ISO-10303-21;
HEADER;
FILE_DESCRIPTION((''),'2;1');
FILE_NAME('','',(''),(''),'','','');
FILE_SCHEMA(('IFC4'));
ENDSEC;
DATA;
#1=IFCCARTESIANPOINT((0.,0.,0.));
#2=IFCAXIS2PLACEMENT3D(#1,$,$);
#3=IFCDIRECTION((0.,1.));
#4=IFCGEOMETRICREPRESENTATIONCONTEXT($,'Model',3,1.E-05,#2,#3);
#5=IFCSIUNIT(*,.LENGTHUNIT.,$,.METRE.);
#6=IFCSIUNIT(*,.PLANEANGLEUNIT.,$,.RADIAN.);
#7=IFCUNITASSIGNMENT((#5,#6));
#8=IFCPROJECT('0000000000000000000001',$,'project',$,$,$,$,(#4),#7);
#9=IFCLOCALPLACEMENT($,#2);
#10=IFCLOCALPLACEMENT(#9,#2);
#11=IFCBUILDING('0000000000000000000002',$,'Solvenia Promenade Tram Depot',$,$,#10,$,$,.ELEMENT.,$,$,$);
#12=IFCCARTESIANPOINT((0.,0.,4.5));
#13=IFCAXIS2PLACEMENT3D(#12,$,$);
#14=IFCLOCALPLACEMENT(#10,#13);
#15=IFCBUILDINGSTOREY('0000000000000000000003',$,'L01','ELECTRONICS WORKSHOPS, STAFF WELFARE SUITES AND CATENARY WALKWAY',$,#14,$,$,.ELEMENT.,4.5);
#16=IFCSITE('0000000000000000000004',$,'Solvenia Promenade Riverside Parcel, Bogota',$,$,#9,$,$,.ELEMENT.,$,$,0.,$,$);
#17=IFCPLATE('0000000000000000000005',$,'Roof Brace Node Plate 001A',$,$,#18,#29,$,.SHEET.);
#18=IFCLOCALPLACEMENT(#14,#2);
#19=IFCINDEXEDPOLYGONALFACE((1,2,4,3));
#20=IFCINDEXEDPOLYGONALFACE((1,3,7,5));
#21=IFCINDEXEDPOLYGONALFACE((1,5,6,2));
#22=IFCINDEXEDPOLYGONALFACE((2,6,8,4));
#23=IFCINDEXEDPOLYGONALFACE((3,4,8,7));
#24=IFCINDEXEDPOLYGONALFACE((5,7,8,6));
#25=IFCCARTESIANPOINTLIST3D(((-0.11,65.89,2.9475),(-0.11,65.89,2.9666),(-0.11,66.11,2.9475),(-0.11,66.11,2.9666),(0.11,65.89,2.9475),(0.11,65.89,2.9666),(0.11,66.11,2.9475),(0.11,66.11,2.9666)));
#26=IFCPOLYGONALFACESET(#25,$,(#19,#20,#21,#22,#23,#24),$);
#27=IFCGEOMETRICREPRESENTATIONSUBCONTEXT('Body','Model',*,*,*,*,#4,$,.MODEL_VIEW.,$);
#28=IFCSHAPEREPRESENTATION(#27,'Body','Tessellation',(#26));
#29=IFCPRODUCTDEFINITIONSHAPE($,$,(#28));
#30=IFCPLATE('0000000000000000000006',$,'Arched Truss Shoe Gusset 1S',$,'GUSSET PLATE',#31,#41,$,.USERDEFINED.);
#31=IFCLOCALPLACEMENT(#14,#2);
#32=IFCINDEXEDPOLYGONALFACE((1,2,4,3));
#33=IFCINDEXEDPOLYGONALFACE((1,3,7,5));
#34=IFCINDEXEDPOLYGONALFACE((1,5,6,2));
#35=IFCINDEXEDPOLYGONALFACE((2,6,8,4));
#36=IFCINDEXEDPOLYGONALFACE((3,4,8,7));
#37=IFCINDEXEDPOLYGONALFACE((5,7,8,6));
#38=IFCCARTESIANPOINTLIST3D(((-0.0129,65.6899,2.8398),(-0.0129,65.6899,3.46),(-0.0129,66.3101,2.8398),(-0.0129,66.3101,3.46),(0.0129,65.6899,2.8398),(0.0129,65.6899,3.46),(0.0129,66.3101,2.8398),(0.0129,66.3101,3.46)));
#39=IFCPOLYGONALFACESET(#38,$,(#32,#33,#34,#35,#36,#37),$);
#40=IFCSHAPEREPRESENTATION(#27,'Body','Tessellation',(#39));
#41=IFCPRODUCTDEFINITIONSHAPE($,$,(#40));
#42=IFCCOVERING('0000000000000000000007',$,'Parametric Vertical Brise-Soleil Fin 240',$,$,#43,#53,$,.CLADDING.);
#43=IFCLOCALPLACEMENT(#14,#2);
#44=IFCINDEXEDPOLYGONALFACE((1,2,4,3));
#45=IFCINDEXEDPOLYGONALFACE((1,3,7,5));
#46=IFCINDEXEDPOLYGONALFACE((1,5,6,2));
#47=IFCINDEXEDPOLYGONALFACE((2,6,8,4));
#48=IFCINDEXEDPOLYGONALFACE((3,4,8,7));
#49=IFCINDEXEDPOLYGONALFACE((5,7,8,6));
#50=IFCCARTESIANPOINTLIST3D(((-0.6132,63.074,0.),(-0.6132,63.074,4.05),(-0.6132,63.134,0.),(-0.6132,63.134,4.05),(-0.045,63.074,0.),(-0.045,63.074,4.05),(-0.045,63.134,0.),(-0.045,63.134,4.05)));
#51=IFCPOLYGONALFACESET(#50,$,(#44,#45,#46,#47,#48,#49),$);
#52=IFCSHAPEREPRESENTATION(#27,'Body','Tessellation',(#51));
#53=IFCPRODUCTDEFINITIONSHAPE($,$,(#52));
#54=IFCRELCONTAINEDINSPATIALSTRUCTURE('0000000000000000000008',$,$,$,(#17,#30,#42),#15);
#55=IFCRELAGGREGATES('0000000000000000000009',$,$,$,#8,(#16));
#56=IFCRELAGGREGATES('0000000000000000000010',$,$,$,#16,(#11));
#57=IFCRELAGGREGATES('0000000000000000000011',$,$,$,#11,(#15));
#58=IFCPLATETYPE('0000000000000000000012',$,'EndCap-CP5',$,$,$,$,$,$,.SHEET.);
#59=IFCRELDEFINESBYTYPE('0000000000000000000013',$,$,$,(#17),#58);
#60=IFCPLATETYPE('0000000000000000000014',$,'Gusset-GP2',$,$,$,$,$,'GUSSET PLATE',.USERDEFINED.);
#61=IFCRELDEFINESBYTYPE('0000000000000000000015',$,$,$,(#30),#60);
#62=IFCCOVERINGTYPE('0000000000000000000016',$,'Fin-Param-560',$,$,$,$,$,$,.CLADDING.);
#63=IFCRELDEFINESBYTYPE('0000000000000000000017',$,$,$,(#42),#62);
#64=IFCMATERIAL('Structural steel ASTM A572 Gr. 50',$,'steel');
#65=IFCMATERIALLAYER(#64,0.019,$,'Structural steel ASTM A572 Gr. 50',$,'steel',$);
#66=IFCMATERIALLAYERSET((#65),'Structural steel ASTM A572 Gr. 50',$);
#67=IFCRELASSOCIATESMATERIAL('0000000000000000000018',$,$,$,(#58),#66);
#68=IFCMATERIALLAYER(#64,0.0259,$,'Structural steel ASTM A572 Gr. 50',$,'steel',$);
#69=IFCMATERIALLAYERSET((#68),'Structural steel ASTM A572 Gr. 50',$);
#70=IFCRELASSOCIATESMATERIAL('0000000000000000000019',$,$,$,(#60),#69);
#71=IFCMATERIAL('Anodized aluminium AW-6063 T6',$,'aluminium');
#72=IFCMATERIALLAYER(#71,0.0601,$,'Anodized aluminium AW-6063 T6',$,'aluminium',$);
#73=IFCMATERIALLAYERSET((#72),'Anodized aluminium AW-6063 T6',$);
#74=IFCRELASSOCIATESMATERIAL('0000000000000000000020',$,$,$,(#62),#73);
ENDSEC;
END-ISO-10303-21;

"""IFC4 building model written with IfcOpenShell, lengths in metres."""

from ifc_helpers import new_model, si_unit, direction, frame, origin, origin_2d, place, context, subcontext, project, spatial, rectangle, extrude, material, layer, layer_set, type_object, element, save


model = new_model("IFC4")

# Units and contexts
model_context = context("Model", 3, precision=1e-05, world=origin(), true_north=direction((0.0, 1.0)))
body_context = subcontext(model_context, "Body", "Model", "MODEL_VIEW")
ifc_project = project(units=[si_unit("LENGTHUNIT", "METRE"), si_unit("PLANEANGLEUNIT", "RADIAN")], contexts=[model_context])

# Site, building, storey
site_placement = place(None, origin())
site = spatial("IfcSite", under=ifc_project, at=site_placement, Name="Solvenia Promenade Riverside Parcel, Bogota", CompositionType="ELEMENT", RefElevation=0.0)
building_placement = place(site_placement, origin())
building = spatial("IfcBuilding", under=site, at=building_placement, Name="Solvenia Promenade Tram Depot", CompositionType="ELEMENT")
storey_placement = place(building_placement, frame((0.0, 0.0, 4.5)))
storey = spatial("IfcBuildingStorey", under=building, at=storey_placement, Name="L01", Description="ELECTRONICS WORKSHOPS, STAFF WELFARE SUITES AND CATENARY WALKWAY", CompositionType="ELEMENT", Elevation=4.5)

# Shared definitions
ifc_material_1 = material(Name="Anodized aluminium AW-6063 T6", Category="aluminium")

# Plates
ifc_material_2 = material(Name="Structural steel ASTM A572 Gr. 50", Category="steel")
ifc_layer_1 = layer(ifc_material_2, 0.019, Name="Structural steel ASTM A572 Gr. 50", Category="steel")
ifc_layer_set_1 = layer_set([ifc_layer_1], Name="Structural steel ASTM A572 Gr. 50")
plate_type_1 = type_object("IfcPlateType", Name="EndCap-CP5", PredefinedType="SHEET", material=ifc_layer_set_1)
plate_1_placement = place(storey_placement, frame((0.0, 66.0, 2.9475), z_axis=(0.0, 0.0, 1.0), x_axis=(1.0, 0.0, 0.0)))
element("IfcPlate", 1, at=plate_1_placement, inside=storey, type_object=plate_type_1, Name="Roof Brace Node Plate 001A", PredefinedType="SHEET", context=body_context, shape_type="SweptSolid", body=[
    extrude(rectangle(XDim=0.22, YDim=0.22, at=origin_2d()), origin(), (0.0, 0.0, 1.0), 0.019),
])
ifc_layer_2 = layer(ifc_material_2, 0.0259, Name="Structural steel ASTM A572 Gr. 50", Category="steel")
ifc_layer_set_2 = layer_set([ifc_layer_2], Name="Structural steel ASTM A572 Gr. 50")
plate_type_2 = type_object("IfcPlateType", Name="Gusset-GP2", ElementType="GUSSET PLATE", PredefinedType="USERDEFINED", material=ifc_layer_set_2)
plate_2_placement = place(storey_placement, frame((0.0, 66.0, 2.8398), z_axis=(0.0, 0.0, 1.0), x_axis=(1.0, 0.0, 0.0)))
element("IfcPlate", 2, at=plate_2_placement, inside=storey, type_object=plate_type_2, Name="Arched Truss Shoe Gusset 1S", ObjectType="GUSSET PLATE", PredefinedType="USERDEFINED", context=body_context, shape_type="SweptSolid", body=[
    extrude(rectangle(XDim=0.0259, YDim=0.6201, at=origin_2d()), origin(), (0.0, 0.0, 1.0), 0.6201),
])

# Covering
ifc_layer_3 = layer(ifc_material_1, 0.0601, Name="Anodized aluminium AW-6063 T6", Category="aluminium")
ifc_layer_set_3 = layer_set([ifc_layer_3], Name="Anodized aluminium AW-6063 T6")
covering_type = type_object("IfcCoveringType", Name="Fin-Param-560", PredefinedType="CLADDING", material=ifc_layer_set_3)
covering_placement = place(storey_placement, frame((-0.3291, 63.104, 0.0), z_axis=(0.0, 0.0, 1.0), x_axis=(0.0, 1.0, 0.0)))
element("IfcCovering", 3, at=covering_placement, inside=storey, type_object=covering_type, Name="Parametric Vertical Brise-Soleil Fin 240", PredefinedType="CLADDING", context=body_context, shape_type="SweptSolid", body=[
    extrude(rectangle(XDim=0.0601, YDim=0.5681, at=origin_2d()), origin(), (0.0, 0.0, 1.0), 4.05),
])

save(model, "model.ifc")
